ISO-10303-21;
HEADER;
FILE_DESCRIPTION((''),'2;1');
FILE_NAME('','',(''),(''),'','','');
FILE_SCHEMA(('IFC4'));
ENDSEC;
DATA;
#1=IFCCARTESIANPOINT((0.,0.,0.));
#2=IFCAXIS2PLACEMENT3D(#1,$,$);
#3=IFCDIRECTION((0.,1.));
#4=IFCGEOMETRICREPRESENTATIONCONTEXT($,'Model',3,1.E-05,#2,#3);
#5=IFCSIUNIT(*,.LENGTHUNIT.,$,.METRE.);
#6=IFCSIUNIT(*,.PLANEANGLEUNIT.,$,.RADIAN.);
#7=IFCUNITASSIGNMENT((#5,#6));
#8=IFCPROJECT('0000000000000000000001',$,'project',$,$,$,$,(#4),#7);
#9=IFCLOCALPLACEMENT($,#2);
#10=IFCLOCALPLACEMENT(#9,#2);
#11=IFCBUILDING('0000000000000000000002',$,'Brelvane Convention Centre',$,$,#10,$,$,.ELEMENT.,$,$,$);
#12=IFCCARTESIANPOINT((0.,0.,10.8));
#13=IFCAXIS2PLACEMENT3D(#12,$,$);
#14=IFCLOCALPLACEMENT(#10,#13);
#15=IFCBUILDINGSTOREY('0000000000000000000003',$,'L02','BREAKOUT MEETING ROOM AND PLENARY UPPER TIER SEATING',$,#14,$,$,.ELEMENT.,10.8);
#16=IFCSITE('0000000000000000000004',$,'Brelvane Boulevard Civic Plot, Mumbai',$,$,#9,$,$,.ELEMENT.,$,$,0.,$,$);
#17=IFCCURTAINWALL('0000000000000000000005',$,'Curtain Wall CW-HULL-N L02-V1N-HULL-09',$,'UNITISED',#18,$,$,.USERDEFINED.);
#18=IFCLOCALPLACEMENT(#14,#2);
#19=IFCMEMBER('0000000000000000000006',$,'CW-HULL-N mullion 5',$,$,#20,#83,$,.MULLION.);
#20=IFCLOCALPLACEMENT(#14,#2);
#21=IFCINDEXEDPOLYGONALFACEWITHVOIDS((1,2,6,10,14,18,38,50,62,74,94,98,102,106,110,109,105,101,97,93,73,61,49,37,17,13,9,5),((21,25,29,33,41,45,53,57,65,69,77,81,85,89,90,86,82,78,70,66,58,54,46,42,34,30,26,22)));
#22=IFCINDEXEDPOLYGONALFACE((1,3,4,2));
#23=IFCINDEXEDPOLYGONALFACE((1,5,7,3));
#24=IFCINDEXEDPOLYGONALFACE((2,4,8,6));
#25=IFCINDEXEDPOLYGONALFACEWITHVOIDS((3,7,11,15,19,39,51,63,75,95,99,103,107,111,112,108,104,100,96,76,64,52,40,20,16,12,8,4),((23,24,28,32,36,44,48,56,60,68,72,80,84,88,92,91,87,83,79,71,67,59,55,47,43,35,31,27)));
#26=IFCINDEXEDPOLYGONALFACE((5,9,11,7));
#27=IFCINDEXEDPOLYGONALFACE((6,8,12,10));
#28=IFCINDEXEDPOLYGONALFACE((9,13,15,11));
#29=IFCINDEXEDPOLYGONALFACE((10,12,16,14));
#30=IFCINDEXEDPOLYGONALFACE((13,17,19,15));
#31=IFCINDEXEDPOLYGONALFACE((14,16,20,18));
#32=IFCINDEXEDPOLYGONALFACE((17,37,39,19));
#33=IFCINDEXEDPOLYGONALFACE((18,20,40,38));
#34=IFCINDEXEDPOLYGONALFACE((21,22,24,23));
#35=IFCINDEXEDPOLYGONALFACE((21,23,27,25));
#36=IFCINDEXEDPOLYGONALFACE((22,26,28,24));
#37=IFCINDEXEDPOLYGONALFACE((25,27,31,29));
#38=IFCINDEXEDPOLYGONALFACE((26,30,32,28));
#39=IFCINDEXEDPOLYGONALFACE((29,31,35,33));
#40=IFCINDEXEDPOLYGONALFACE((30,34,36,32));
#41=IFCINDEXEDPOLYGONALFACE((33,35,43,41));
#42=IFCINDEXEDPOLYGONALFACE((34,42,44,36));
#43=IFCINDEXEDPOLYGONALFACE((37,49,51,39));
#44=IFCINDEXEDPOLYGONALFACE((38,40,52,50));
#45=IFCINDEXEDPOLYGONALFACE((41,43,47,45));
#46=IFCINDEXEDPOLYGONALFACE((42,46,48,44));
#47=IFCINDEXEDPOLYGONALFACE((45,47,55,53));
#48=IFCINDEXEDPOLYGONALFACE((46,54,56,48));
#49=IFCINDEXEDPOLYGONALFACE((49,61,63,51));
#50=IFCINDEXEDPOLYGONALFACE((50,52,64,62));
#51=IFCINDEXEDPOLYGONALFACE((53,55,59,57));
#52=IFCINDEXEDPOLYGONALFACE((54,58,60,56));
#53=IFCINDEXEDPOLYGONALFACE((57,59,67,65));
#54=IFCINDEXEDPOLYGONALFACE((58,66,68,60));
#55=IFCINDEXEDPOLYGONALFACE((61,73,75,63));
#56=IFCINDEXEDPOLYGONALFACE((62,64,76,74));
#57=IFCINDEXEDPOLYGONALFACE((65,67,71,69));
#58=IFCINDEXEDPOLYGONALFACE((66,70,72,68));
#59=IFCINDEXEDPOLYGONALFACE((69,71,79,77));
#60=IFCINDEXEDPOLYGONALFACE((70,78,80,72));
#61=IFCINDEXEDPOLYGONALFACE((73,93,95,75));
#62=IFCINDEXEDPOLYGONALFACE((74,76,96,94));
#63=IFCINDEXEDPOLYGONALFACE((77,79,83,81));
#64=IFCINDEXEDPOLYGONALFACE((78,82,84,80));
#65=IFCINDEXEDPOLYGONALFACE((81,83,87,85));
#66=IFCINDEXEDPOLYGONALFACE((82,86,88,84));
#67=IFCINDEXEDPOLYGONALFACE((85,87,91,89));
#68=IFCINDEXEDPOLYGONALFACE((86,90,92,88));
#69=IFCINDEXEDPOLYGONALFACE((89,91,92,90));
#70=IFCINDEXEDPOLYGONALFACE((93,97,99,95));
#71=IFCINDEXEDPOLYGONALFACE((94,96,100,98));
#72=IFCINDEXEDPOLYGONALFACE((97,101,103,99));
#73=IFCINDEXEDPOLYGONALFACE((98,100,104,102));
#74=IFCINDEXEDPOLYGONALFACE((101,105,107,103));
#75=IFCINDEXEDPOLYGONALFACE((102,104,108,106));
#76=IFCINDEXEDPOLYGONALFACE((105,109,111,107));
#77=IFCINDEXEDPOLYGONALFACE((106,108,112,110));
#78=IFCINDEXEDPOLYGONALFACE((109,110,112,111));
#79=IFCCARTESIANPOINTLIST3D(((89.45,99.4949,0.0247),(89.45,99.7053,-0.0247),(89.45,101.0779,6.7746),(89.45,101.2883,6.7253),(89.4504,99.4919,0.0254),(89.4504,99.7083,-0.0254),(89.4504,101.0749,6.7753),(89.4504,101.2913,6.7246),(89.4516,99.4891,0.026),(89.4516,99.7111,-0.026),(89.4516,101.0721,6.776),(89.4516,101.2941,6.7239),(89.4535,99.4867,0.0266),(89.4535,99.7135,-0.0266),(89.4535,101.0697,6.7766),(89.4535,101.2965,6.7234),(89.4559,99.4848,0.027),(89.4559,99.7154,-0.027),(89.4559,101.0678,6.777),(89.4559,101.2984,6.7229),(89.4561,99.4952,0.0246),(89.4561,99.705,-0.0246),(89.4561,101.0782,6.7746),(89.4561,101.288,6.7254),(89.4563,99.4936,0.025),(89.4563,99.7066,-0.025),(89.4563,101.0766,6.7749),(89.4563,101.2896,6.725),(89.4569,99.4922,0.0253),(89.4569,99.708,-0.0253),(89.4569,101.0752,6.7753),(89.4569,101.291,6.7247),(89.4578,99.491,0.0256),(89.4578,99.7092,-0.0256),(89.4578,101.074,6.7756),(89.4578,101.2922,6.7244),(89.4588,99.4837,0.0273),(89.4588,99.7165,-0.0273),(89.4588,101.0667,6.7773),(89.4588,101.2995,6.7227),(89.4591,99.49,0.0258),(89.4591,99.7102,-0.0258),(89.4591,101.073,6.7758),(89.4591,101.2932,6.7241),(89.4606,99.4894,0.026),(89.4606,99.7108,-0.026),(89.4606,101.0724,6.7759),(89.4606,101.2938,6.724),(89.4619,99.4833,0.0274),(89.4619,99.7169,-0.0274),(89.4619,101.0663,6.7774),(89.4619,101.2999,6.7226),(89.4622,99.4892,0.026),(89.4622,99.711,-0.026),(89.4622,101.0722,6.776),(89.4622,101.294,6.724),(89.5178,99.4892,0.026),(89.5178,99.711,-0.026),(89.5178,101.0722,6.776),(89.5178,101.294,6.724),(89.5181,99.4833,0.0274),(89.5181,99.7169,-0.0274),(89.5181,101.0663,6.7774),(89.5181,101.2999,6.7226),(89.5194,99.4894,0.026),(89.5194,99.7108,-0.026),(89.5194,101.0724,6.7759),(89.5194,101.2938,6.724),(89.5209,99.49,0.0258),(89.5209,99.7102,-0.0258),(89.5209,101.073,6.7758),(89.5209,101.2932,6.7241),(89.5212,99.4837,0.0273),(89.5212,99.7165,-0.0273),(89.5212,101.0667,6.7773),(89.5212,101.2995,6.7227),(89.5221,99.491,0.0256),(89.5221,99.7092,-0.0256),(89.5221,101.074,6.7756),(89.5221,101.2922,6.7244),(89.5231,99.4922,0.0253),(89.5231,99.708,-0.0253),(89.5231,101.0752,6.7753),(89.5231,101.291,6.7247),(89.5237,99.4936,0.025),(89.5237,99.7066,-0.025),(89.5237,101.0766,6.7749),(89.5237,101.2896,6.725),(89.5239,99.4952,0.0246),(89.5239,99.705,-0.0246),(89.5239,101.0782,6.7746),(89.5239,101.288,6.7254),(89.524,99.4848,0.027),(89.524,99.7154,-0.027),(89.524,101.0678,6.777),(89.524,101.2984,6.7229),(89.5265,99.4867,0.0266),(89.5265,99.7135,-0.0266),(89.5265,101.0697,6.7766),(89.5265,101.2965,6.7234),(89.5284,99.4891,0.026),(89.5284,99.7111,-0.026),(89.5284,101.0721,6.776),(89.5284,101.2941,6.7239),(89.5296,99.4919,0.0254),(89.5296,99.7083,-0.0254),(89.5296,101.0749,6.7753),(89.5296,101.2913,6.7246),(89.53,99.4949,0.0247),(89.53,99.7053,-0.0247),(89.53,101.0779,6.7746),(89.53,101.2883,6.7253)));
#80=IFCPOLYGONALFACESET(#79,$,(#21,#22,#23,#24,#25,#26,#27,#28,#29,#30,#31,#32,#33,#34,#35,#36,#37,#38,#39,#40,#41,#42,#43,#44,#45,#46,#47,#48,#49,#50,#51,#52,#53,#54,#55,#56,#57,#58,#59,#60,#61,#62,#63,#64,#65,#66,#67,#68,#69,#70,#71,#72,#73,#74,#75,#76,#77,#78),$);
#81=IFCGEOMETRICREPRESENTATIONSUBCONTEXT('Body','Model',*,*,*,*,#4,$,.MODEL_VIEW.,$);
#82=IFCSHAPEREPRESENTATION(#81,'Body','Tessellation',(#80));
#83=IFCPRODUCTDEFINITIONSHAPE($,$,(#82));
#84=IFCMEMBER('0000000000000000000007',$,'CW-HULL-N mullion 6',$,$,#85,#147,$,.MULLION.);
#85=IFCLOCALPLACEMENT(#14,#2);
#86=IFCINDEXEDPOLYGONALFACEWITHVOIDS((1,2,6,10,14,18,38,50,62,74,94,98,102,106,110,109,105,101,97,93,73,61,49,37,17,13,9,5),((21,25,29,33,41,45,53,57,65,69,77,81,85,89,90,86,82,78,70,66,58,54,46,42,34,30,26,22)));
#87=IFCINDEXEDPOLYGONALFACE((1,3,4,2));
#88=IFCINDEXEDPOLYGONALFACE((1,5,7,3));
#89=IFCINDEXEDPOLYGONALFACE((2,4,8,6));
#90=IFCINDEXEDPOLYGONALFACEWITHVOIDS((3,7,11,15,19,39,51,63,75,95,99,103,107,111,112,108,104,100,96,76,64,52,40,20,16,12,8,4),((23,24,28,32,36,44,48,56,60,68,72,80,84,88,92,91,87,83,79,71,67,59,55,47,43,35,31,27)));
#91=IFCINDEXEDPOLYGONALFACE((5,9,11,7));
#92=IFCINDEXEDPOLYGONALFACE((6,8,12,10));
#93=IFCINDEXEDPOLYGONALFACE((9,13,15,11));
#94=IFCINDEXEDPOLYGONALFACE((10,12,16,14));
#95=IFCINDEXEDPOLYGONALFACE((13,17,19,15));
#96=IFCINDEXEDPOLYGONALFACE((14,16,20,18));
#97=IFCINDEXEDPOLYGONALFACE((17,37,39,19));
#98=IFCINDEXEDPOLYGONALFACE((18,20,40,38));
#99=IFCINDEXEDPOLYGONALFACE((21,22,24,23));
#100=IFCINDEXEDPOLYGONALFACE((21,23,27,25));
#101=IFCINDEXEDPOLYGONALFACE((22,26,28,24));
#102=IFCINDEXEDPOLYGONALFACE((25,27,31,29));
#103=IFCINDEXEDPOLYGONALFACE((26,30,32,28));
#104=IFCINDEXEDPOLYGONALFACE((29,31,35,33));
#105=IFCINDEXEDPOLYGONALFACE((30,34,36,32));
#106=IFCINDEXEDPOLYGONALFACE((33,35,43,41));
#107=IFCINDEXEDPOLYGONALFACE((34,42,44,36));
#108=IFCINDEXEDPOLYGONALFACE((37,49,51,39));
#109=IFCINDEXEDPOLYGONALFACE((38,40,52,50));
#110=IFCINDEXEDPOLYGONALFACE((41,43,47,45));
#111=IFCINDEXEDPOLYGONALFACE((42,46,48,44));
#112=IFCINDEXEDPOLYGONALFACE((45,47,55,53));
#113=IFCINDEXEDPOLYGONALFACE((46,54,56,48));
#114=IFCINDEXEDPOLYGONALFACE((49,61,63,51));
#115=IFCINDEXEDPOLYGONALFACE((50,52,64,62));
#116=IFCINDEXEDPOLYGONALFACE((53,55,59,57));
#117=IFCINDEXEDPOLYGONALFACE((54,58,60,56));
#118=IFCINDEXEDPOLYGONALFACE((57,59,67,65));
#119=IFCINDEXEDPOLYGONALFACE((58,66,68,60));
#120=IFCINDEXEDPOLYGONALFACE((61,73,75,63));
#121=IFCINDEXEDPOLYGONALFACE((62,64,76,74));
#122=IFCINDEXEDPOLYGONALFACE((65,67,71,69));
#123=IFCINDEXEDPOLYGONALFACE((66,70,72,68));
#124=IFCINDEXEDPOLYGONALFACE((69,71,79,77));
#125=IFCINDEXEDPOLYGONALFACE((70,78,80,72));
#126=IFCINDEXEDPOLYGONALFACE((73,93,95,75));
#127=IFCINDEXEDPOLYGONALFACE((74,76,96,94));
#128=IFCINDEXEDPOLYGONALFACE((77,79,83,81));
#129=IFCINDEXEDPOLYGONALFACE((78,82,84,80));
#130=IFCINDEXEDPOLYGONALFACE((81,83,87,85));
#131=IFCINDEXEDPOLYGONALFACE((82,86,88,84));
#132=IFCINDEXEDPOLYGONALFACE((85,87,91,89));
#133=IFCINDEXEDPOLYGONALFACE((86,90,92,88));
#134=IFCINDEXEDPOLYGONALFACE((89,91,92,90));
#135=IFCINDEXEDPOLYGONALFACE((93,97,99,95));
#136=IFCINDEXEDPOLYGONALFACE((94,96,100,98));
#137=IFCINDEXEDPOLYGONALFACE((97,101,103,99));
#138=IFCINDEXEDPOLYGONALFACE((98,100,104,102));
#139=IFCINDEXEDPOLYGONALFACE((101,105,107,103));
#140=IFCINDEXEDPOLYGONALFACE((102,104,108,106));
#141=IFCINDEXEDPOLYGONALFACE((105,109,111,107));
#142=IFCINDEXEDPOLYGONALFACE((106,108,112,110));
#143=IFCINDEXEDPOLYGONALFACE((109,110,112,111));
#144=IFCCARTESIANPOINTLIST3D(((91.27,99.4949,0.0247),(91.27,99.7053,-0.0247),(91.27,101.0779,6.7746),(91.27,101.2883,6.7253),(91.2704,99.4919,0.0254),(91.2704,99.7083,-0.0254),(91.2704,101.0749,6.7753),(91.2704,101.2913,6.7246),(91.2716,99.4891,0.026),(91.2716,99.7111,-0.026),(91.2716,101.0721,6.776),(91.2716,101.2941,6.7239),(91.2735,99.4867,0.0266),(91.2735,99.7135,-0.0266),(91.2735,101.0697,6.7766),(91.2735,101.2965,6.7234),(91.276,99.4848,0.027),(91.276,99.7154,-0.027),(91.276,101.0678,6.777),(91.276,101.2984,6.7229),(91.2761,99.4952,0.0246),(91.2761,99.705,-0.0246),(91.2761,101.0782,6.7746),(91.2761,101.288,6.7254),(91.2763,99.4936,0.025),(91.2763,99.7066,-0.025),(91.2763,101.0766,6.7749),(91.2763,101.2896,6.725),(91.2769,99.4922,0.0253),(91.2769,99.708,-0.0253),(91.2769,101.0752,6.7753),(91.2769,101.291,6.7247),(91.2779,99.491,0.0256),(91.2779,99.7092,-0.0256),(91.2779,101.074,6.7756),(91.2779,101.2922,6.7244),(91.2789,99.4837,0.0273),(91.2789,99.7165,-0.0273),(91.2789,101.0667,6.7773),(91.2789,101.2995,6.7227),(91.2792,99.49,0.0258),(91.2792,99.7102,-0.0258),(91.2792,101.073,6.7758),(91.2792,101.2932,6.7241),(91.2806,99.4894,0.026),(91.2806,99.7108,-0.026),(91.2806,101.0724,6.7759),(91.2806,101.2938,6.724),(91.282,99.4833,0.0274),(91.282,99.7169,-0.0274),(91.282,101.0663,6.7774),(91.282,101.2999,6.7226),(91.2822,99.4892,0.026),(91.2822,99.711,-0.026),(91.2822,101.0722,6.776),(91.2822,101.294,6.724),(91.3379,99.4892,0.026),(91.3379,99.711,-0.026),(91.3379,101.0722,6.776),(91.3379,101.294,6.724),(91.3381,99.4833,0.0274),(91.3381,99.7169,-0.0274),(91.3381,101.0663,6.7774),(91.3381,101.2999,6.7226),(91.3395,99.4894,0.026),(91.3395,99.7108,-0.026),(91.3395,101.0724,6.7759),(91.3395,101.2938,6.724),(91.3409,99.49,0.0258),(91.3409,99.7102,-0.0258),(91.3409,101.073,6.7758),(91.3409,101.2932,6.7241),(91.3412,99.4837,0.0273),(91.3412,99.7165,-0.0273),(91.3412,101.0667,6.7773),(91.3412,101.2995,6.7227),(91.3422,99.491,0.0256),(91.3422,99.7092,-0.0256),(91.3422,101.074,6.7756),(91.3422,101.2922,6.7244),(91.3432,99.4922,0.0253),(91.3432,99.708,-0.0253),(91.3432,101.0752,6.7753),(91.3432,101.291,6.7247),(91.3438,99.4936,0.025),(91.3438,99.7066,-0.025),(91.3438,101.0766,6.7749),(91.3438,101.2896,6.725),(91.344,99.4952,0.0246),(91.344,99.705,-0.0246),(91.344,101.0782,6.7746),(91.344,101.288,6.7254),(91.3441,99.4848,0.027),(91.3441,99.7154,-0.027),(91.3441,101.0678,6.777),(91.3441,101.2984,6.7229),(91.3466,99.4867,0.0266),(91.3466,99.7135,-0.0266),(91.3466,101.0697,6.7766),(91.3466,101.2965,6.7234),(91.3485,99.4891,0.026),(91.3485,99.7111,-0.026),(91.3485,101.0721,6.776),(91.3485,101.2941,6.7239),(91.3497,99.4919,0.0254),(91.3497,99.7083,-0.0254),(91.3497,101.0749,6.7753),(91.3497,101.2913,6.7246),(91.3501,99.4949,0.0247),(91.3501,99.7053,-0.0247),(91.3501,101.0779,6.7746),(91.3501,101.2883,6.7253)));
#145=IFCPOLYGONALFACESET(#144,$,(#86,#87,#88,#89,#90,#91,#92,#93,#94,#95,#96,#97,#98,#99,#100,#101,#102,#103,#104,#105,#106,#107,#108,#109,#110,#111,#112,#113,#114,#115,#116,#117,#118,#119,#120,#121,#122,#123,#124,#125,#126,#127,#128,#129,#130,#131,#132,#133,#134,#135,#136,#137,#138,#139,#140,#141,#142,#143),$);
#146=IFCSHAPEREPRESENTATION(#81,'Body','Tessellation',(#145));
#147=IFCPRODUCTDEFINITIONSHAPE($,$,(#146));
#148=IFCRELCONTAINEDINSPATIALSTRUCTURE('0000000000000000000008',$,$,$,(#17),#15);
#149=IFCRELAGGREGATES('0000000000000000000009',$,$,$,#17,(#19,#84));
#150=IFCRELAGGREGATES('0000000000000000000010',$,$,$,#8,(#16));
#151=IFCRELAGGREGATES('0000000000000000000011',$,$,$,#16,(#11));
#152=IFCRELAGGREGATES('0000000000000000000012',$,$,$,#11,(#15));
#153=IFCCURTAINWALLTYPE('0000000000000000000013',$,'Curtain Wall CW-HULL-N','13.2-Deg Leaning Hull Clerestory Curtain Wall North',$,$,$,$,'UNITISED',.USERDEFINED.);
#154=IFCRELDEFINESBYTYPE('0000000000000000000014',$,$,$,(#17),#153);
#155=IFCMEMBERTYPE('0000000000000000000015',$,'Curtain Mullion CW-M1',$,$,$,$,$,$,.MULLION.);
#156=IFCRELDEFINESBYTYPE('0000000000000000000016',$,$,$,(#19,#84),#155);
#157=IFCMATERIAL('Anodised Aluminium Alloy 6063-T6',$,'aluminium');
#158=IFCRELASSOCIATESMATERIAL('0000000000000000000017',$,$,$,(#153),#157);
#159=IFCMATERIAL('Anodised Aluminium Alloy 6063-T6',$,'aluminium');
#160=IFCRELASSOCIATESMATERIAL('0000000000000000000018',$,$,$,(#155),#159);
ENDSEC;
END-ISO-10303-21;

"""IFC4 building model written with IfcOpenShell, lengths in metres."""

from ifc_helpers import new_model, si_unit, direction, frame, origin, origin_2d, place, context, subcontext, project, spatial, hollow_rectangle, extrude, material, material_profile, profile_set, type_object, element, aggregate, save


model = new_model("IFC4")

# Units and contexts
model_context = context("Model", 3, precision=1e-05, world=origin(), true_north=direction((0.0, 1.0)))
body_context = subcontext(model_context, "Body", "Model", "MODEL_VIEW")
ifc_project = project(units=[si_unit("LENGTHUNIT", "METRE"), si_unit("PLANEANGLEUNIT", "RADIAN")], contexts=[model_context])

# Site, building, storey
site_placement = place(None, origin())
site = spatial("IfcSite", under=ifc_project, at=site_placement, Name="Brelvane Boulevard Civic Plot, Mumbai", CompositionType="ELEMENT", RefElevation=0.0)
building_placement = place(site_placement, origin())
building = spatial("IfcBuilding", under=site, at=building_placement, Name="Brelvane Convention Centre", CompositionType="ELEMENT")
storey_placement = place(building_placement, frame((0.0, 0.0, 10.8)))
storey = spatial("IfcBuildingStorey", under=building, at=storey_placement, Name="L02", Description="BREAKOUT MEETING ROOM AND PLENARY UPPER TIER SEATING", CompositionType="ELEMENT", Elevation=10.8)

# Curtain wall, members
ifc_material_1 = material(Name="Anodised Aluminium Alloy 6063-T6", Category="aluminium")
curtain_wall_type = type_object("IfcCurtainWallType", Name="Curtain Wall CW-HULL-N", Description="13.2-Deg Leaning Hull Clerestory Curtain Wall North", ElementType="UNITISED", PredefinedType="USERDEFINED", material=ifc_material_1)
curtain_wall_placement = place(storey_placement, origin())
curtain_wall = element("IfcCurtainWall", 1, at=curtain_wall_placement, inside=storey, type_object=curtain_wall_type, Name="Curtain Wall CW-HULL-N L02-V1N-HULL-09", ObjectType="UNITISED", PredefinedType="USERDEFINED")
ifc_material_2 = material(Name="Anodised Aluminium Alloy 6063-T6", Category="aluminium")
ifc_material_profile_1 = material_profile(ifc_material_2, hollow_rectangle(XDim=0.0801, YDim=0.24, WallThickness=0.0061, InnerFilletRadius=0.0061, OuterFilletRadius=0.012, at=origin_2d()), Name="ALU-M 240x80x6.0")
ifc_profile_set_1 = profile_set([ifc_material_profile_1], Name="Anodised Aluminium Alloy 6063-T6")
member_type_1 = type_object("IfcMemberType", Name="Curtain Mullion CW-M1", PredefinedType="MULLION", material=ifc_profile_set_1)
member_1_placement = place(storey_placement, frame((89.49, 99.6001, 0.0), z_axis=(0.0, 0.228325, 0.973585), x_axis=(-1.0, 0.0, 0.0)))
member_1 = element("IfcMember", 2, at=member_1_placement, type_object=member_type_1, Name="CW-HULL-N mullion 5", PredefinedType="MULLION", context=body_context, shape_type="SweptSolid", body=[
    extrude(hollow_rectangle(XDim=0.0801, YDim=0.24, WallThickness=0.0061, InnerFilletRadius=0.0061, OuterFilletRadius=0.012, at=origin_2d()), origin(), (0.0, 0.0, 1.0), 6.9331),
])
member_2_placement = place(storey_placement, frame((91.3101, 99.6001, 0.0), z_axis=(0.0, 0.228325, 0.973585), x_axis=(-1.0, 0.0, 0.0)))
member_2 = element("IfcMember", 3, at=member_2_placement, type_object=member_type_1, Name="CW-HULL-N mullion 6", PredefinedType="MULLION", context=body_context, shape_type="SweptSolid", body=[
    extrude(hollow_rectangle(XDim=0.0801, YDim=0.24, WallThickness=0.0061, InnerFilletRadius=0.0061, OuterFilletRadius=0.012, at=origin_2d()), origin(), (0.0, 0.0, 1.0), 6.9331),
])
aggregate(curtain_wall, [member_1, member_2])

save(model, "model.ifc")
